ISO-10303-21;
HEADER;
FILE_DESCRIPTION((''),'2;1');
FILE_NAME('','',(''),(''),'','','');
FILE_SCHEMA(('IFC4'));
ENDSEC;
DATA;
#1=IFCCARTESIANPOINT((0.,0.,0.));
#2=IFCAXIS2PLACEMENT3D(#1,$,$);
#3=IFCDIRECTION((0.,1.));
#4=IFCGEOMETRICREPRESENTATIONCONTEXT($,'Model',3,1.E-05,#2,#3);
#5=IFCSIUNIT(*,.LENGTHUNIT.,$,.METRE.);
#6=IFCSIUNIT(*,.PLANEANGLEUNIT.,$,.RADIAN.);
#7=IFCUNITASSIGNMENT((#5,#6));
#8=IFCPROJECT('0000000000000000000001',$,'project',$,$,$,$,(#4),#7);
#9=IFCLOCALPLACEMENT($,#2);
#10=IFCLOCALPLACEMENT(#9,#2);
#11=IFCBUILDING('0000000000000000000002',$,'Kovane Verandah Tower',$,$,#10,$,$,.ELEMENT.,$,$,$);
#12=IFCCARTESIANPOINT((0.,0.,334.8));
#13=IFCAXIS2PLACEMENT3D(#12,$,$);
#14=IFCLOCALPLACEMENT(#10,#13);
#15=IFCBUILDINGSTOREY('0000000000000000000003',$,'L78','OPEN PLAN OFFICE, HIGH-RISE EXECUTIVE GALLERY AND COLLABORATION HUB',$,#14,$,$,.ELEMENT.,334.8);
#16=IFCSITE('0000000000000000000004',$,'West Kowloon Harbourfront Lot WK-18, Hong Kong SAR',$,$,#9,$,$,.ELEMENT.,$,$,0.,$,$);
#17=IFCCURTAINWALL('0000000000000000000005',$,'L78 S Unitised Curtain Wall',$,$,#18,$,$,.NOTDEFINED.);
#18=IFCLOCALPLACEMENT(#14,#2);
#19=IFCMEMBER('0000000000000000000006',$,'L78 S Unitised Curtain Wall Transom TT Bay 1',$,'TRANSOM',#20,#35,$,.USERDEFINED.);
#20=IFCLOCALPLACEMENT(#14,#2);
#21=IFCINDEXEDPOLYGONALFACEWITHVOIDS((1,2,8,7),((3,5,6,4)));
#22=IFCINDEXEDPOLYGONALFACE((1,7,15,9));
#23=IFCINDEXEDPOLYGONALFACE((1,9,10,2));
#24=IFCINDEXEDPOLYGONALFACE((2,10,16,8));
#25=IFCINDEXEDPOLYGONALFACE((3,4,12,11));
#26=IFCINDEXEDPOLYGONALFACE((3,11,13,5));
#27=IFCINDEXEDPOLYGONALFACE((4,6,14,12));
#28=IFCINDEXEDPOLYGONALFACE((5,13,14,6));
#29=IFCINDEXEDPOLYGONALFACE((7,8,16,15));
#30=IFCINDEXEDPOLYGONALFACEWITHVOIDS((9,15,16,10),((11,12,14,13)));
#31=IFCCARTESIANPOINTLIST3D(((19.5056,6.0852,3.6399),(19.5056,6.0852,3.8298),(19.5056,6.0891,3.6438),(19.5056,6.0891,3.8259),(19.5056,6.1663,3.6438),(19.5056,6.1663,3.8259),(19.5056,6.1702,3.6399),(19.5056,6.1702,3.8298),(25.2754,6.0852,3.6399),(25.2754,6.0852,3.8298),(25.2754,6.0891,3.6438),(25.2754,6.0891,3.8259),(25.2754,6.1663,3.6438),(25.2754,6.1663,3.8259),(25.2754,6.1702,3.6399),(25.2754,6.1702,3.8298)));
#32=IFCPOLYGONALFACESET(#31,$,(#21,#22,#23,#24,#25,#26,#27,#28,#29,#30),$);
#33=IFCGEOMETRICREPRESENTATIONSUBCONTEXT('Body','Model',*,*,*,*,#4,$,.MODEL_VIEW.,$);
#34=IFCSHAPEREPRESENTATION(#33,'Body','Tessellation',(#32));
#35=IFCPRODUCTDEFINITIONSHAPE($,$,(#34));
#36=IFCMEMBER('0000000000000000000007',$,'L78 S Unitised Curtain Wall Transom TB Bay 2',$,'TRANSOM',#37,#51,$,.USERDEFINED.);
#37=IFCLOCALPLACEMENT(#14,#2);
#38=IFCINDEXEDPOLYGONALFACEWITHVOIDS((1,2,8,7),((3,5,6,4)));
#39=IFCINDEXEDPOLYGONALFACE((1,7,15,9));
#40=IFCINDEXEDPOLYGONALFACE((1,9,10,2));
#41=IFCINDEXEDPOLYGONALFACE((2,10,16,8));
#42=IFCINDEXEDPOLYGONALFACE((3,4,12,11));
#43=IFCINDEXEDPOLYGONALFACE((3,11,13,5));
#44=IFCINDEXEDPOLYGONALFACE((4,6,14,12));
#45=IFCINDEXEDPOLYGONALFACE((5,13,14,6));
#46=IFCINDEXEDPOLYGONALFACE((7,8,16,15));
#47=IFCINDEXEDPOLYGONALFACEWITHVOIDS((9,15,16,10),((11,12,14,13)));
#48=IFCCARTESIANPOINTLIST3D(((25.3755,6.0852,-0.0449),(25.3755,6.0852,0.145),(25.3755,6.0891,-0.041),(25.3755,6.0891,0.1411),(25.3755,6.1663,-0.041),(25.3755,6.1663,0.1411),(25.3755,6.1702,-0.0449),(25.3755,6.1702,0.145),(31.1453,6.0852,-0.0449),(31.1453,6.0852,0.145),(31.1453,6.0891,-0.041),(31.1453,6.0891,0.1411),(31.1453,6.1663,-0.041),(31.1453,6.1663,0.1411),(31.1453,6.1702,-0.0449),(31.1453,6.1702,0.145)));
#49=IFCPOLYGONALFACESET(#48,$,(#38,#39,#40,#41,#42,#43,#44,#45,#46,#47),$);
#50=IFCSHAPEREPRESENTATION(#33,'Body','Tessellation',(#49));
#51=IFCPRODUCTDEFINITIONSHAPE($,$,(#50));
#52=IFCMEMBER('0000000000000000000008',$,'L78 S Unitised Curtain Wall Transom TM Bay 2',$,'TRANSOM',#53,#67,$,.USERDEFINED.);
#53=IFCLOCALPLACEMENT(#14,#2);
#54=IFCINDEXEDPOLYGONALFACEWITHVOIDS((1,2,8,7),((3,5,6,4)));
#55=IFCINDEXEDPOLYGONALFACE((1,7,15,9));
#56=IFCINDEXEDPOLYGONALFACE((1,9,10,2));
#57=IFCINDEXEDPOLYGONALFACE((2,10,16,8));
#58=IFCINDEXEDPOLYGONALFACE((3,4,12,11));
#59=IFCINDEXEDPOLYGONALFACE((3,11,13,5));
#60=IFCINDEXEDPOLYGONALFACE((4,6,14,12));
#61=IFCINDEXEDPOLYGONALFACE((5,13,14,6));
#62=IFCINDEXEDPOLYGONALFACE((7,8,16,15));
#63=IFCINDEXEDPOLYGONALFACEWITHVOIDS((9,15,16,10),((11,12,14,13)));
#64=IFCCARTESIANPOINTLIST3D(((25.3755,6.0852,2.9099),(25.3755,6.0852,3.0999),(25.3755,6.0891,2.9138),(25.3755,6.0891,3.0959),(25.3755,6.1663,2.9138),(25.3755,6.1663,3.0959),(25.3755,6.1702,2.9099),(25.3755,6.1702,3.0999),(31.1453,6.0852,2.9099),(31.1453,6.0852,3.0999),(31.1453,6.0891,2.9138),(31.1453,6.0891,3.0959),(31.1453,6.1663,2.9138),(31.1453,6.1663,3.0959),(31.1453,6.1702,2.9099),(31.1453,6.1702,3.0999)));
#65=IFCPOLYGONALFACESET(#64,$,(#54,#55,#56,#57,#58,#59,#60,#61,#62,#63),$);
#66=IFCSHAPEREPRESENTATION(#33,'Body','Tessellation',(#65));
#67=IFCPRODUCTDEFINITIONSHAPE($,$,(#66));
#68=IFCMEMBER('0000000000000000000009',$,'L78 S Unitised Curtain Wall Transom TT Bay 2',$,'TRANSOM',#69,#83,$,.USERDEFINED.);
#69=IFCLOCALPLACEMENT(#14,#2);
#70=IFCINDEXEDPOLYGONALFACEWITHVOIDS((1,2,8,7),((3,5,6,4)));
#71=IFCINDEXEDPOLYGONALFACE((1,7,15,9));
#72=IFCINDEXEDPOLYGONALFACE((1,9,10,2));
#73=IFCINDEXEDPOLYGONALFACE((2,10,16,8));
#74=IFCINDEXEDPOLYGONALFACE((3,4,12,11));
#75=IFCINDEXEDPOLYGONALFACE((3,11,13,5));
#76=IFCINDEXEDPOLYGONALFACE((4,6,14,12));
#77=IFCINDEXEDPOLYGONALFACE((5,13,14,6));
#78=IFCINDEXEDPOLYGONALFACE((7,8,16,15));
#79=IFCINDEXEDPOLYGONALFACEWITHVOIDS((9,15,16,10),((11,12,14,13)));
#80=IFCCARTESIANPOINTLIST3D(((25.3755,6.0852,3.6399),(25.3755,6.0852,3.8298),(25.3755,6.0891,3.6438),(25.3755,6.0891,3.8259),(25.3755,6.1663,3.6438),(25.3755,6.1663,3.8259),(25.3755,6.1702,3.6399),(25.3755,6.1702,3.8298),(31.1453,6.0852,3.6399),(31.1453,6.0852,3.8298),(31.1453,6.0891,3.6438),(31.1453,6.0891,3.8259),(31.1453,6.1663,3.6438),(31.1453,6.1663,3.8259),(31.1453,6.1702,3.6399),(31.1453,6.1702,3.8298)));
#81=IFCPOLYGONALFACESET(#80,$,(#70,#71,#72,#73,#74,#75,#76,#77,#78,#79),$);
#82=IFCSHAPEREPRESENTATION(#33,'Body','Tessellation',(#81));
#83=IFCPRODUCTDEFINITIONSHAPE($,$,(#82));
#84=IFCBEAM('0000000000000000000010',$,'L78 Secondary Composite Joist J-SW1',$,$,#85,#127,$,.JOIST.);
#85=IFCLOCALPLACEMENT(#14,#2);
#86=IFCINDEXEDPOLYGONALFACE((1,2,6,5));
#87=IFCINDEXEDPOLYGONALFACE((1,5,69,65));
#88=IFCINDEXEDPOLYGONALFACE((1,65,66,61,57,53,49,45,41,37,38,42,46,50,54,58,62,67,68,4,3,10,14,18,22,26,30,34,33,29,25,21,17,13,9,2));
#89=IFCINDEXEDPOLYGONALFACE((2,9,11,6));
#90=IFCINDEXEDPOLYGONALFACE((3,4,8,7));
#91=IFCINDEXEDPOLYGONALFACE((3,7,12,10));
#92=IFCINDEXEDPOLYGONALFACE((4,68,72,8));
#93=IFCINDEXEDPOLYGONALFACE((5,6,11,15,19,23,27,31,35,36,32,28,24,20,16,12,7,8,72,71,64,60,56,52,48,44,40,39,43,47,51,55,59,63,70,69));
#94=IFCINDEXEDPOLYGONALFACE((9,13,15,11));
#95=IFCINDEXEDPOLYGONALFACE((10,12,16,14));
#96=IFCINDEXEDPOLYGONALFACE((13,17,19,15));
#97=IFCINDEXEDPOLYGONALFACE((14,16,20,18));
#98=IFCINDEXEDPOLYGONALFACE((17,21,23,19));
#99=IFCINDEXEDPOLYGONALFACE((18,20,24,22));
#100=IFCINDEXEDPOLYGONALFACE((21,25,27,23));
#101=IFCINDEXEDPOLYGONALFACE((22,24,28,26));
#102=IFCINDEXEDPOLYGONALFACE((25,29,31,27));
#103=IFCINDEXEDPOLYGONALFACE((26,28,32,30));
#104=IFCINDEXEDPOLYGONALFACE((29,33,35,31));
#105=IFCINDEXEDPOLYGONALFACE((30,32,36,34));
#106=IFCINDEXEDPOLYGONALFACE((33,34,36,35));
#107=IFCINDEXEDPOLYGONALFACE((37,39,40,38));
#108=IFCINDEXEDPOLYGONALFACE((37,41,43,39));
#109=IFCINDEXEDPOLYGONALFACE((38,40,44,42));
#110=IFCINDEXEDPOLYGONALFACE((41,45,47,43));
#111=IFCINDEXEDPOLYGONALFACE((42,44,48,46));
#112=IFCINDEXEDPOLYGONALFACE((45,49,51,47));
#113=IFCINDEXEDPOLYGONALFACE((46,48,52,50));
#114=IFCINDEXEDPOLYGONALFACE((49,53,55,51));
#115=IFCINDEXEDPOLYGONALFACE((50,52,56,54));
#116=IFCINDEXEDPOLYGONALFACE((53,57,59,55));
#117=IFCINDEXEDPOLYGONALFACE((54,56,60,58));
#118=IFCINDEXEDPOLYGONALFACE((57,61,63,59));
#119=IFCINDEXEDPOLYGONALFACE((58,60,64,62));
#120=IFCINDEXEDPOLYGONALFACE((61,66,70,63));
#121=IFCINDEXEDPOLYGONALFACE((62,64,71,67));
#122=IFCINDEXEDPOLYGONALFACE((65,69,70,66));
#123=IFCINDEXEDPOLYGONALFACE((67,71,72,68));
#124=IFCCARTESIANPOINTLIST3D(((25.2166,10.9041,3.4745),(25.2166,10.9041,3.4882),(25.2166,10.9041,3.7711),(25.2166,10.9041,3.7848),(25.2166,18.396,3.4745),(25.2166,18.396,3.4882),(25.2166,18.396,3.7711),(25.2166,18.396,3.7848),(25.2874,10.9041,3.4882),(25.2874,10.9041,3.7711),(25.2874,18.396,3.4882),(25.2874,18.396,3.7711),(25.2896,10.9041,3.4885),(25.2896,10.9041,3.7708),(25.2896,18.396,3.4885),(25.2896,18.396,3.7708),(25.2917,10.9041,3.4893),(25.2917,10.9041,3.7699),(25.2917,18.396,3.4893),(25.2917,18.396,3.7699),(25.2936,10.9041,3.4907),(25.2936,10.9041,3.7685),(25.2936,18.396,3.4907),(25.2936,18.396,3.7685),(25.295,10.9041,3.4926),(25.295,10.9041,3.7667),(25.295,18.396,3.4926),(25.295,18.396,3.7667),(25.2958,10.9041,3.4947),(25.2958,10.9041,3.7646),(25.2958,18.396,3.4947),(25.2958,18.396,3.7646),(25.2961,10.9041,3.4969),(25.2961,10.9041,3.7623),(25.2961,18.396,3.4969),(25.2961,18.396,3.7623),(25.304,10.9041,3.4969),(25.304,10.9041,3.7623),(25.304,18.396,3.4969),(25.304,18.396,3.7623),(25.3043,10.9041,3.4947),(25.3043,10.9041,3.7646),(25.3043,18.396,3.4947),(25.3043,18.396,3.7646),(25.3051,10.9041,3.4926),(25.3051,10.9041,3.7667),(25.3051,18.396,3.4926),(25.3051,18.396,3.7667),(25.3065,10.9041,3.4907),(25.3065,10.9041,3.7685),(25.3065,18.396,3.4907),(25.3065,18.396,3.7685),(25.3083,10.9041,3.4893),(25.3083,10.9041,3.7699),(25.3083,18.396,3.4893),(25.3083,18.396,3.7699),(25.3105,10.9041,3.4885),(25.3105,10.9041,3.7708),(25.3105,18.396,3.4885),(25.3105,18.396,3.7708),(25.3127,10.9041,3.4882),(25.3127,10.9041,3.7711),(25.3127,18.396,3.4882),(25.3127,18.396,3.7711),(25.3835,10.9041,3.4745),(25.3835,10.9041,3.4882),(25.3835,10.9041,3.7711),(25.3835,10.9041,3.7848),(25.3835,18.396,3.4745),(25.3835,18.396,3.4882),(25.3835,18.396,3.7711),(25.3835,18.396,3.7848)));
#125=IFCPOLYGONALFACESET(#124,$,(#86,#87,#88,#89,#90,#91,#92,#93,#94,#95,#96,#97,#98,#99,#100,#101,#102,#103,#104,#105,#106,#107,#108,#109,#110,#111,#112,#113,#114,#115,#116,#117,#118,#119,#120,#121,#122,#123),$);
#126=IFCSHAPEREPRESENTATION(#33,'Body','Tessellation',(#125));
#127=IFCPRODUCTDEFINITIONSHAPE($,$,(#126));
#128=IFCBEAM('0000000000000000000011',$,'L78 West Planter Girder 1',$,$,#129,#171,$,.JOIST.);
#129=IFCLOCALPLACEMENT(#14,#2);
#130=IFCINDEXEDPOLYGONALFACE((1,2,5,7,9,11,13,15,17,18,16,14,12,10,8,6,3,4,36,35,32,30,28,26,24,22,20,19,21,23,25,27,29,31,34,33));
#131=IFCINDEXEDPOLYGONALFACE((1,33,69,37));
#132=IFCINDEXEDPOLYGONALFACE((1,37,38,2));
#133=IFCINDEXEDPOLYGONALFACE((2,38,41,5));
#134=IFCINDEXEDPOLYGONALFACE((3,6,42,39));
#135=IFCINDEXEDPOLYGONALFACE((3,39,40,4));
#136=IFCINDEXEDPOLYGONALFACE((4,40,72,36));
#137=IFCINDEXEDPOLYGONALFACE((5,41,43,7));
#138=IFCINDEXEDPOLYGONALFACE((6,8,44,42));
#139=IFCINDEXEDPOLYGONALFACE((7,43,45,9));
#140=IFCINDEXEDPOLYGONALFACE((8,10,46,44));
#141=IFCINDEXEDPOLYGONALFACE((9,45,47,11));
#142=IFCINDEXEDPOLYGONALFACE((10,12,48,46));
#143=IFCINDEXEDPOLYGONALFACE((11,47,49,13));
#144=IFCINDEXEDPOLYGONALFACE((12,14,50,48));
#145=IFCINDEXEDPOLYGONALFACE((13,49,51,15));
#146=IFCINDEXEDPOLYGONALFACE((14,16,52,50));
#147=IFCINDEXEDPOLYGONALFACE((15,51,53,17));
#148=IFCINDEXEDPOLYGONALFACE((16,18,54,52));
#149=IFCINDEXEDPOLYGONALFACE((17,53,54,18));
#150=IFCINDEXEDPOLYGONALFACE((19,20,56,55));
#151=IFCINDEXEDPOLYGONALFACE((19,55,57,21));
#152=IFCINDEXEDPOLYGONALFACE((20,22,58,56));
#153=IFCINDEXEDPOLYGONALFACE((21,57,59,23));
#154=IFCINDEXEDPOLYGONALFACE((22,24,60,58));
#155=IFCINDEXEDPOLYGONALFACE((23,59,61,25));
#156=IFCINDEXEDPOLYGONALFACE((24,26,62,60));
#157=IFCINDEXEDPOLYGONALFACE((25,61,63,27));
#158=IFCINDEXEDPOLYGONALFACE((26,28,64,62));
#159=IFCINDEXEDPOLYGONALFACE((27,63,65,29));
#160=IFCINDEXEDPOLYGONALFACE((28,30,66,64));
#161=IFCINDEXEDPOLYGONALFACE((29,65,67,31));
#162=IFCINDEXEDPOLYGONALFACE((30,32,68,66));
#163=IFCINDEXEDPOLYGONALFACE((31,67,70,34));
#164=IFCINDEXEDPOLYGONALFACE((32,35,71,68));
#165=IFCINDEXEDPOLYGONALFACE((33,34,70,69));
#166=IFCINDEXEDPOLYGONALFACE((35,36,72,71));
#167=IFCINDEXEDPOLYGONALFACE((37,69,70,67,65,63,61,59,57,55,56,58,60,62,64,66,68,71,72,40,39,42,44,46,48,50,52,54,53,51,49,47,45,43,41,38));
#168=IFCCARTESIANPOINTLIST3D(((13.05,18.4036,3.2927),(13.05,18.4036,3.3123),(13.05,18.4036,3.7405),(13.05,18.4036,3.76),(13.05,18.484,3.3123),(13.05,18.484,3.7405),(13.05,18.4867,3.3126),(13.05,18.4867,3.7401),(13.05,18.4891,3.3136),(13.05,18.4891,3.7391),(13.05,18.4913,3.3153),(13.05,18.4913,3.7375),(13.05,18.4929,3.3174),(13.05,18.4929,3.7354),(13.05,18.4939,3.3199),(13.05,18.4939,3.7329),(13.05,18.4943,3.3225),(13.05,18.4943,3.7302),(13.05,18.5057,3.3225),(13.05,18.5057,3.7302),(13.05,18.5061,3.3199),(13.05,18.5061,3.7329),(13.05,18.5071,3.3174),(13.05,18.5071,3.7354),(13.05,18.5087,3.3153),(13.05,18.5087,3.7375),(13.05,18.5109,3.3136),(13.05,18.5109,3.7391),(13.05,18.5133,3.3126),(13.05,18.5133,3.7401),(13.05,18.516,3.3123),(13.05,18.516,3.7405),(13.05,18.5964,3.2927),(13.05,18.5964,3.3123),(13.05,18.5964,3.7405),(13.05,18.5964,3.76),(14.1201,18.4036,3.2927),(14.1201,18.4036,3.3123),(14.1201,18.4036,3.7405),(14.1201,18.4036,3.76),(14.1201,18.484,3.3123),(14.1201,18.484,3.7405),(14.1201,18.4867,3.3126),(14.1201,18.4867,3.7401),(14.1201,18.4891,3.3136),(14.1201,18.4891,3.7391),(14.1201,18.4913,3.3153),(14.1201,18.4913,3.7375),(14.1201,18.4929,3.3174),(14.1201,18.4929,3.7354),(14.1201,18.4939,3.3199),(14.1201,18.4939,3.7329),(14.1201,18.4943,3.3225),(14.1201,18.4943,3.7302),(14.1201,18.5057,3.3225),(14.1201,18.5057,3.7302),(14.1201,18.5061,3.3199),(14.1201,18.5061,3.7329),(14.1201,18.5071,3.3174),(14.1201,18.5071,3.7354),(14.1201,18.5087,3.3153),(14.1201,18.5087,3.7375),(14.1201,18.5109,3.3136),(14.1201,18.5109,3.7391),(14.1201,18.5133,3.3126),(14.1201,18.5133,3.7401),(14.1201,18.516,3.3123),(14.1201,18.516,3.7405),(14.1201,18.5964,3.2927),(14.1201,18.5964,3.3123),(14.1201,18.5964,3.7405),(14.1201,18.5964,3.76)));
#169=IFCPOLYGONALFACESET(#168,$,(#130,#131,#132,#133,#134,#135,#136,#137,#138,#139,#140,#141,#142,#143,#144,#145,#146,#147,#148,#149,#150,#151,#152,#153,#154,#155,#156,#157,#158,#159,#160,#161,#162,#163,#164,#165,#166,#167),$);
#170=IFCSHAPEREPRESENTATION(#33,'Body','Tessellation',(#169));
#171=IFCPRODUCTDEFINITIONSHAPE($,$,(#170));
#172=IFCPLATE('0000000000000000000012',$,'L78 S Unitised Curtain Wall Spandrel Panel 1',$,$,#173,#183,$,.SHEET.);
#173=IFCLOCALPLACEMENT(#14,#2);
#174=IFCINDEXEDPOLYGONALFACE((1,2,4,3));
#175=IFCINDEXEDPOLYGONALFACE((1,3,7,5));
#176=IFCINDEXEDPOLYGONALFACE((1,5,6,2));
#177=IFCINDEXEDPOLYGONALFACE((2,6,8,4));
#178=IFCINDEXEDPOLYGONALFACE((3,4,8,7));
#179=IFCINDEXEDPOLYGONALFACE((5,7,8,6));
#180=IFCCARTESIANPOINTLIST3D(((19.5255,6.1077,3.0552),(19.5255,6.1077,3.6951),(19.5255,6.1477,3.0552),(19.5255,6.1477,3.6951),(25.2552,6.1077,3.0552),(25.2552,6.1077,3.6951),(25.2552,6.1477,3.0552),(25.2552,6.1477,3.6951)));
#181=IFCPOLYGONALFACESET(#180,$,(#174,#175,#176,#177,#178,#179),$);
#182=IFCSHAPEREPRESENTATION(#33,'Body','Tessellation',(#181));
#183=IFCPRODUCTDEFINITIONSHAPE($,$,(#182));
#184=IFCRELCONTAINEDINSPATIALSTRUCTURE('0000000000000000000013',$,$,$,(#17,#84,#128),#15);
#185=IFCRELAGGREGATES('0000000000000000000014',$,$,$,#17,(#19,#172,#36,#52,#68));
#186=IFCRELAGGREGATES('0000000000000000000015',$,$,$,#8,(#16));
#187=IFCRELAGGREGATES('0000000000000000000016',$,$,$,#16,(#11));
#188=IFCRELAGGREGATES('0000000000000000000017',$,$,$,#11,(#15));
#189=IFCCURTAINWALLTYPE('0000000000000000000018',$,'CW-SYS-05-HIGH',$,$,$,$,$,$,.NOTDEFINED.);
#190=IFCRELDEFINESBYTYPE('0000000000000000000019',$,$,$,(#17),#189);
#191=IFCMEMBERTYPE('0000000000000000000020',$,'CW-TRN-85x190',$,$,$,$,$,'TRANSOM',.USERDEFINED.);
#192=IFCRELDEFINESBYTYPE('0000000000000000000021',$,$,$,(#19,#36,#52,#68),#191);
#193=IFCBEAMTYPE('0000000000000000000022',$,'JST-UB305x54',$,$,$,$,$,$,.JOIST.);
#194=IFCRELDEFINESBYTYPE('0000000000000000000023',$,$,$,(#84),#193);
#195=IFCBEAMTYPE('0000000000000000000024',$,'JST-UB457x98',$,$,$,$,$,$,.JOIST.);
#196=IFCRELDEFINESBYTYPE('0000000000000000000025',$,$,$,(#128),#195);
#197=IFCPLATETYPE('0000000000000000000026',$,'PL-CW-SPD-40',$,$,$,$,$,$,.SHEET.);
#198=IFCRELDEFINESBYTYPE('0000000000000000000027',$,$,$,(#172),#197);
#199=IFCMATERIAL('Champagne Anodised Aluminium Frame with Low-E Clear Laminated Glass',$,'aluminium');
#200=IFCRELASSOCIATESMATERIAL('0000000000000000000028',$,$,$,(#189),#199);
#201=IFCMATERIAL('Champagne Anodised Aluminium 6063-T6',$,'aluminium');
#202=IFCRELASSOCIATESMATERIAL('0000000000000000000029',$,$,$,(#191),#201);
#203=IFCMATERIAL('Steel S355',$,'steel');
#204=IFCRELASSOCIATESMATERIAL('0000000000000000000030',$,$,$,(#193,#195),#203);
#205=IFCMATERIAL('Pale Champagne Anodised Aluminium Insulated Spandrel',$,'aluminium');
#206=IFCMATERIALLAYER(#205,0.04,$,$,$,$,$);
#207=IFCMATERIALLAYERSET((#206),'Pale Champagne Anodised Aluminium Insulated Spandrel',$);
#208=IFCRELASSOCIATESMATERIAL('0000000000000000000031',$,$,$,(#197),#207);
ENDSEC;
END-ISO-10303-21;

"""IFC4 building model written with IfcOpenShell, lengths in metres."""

from ifc_helpers import new_model, si_unit, direction, frame, origin, origin_2d, place, context, subcontext, project, spatial, rectangle, hollow_rectangle, i_section, extrude, material, layer, layer_set, material_profile, profile_set, type_object, element, aggregate, save


model = new_model("IFC4")

# Units and contexts
model_context = context("Model", 3, precision=1e-05, world=origin(), true_north=direction((0.0, 1.0)))
body_context = subcontext(model_context, "Body", "Model", "MODEL_VIEW")
ifc_project = project(units=[si_unit("LENGTHUNIT", "METRE"), si_unit("PLANEANGLEUNIT", "RADIAN")], contexts=[model_context])

# Site, building, storey
site_placement = place(None, origin())
site = spatial("IfcSite", under=ifc_project, at=site_placement, Name="West Kowloon Harbourfront Lot WK-18, Hong Kong SAR", CompositionType="ELEMENT", RefElevation=0.0)
building_placement = place(site_placement, origin())
building = spatial("IfcBuilding", under=site, at=building_placement, Name="Kovane Verandah Tower", CompositionType="ELEMENT")
storey_placement = place(building_placement, frame((0.0, 0.0, 334.8)))
storey = spatial("IfcBuildingStorey", under=building, at=storey_placement, Name="L78", Description="OPEN PLAN OFFICE, HIGH-RISE EXECUTIVE GALLERY AND COLLABORATION HUB", CompositionType="ELEMENT", Elevation=334.8)

# Shared definitions
ifc_material_1 = material(Name="Steel S355", Category="steel")

# Curtain wall, members
ifc_material_2 = material(Name="Champagne Anodised Aluminium Frame with Low-E Clear Laminated Glass", Category="aluminium")
curtain_wall_type = type_object("IfcCurtainWallType", Name="CW-SYS-05-HIGH", PredefinedType="NOTDEFINED", material=ifc_material_2)
curtain_wall_placement = place(storey_placement, origin())
curtain_wall = element("IfcCurtainWall", 1, at=curtain_wall_placement, inside=storey, type_object=curtain_wall_type, Name="L78 S Unitised Curtain Wall", PredefinedType="NOTDEFINED")
ifc_material_3 = material(Name="Champagne Anodised Aluminium 6063-T6", Category="aluminium")
ifc_material_profile_1 = material_profile(ifc_material_3, hollow_rectangle(XDim=0.085, YDim=0.1899, WallThickness=0.0039, at=origin_2d()), Name="AL85x190x4")
ifc_profile_set_1 = profile_set([ifc_material_profile_1], Name="Champagne Anodised Aluminium 6063-T6")
member_type_1 = type_object("IfcMemberType", Name="CW-TRN-85x190", ElementType="TRANSOM", PredefinedType="USERDEFINED", material=ifc_profile_set_1)
member_1_placement = place(storey_placement, frame((19.5056, 6.1277, 3.7349), z_axis=(1.0, 0.0, 0.0), x_axis=(0.0, 1.0, 0.0)))
member_1 = element("IfcMember", 2, at=member_1_placement, type_object=member_type_1, Name="L78 S Unitised Curtain Wall Transom TT Bay 1", ObjectType="TRANSOM", PredefinedType="USERDEFINED", context=body_context, shape_type="SweptSolid", body=[
    extrude(hollow_rectangle(XDim=0.085, YDim=0.1899, WallThickness=0.0039, at=origin_2d()), origin(), (0.0, 0.0, 1.0), 5.7698),
])
member_2_placement = place(storey_placement, frame((25.3755, 6.1277, 0.05), z_axis=(1.0, 0.0, 0.0), x_axis=(0.0, 1.0, 0.0)))
member_2 = element("IfcMember", 3, at=member_2_placement, type_object=member_type_1, Name="L78 S Unitised Curtain Wall Transom TB Bay 2", ObjectType="TRANSOM", PredefinedType="USERDEFINED", context=body_context, shape_type="SweptSolid", body=[
    extrude(hollow_rectangle(XDim=0.085, YDim=0.1899, WallThickness=0.0039, at=origin_2d()), origin(), (0.0, 0.0, 1.0), 5.7698),
])
member_3_placement = place(storey_placement, frame((25.3755, 6.1277, 3.0049), z_axis=(1.0, 0.0, 0.0), x_axis=(0.0, 1.0, 0.0)))
member_3 = element("IfcMember", 4, at=member_3_placement, type_object=member_type_1, Name="L78 S Unitised Curtain Wall Transom TM Bay 2", ObjectType="TRANSOM", PredefinedType="USERDEFINED", context=body_context, shape_type="SweptSolid", body=[
    extrude(hollow_rectangle(XDim=0.085, YDim=0.1899, WallThickness=0.0039, at=origin_2d()), origin(), (0.0, 0.0, 1.0), 5.7698),
])
member_4_placement = place(storey_placement, frame((25.3755, 6.1277, 3.7349), z_axis=(1.0, 0.0, 0.0), x_axis=(0.0, 1.0, 0.0)))
member_4 = element("IfcMember", 5, at=member_4_placement, type_object=member_type_1, Name="L78 S Unitised Curtain Wall Transom TT Bay 2", ObjectType="TRANSOM", PredefinedType="USERDEFINED", context=body_context, shape_type="SweptSolid", body=[
    extrude(hollow_rectangle(XDim=0.085, YDim=0.1899, WallThickness=0.0039, at=origin_2d()), origin(), (0.0, 0.0, 1.0), 5.7698),
])

# Beams
ifc_material_profile_2 = material_profile(ifc_material_1, i_section(OverallWidth=0.167, OverallDepth=0.3103, WebThickness=0.0078, FlangeThickness=0.0137, FilletRadius=0.0088, at=origin_2d()), Name="UB305x165x54")
ifc_profile_set_2 = profile_set([ifc_material_profile_2], Name="Steel S355")
beam_type_1 = type_object("IfcBeamType", Name="JST-UB305x54", PredefinedType="JOIST", material=ifc_profile_set_2)
beam_1_placement = place(storey_placement, frame((25.3, 10.9041, 3.6296), z_axis=(0.0, 1.0, 0.0), x_axis=(-1.0, 0.0, 0.0)))
element("IfcBeam", 6, at=beam_1_placement, inside=storey, type_object=beam_type_1, Name="L78 Secondary Composite Joist J-SW1", PredefinedType="JOIST", context=body_context, shape_type="SweptSolid", body=[
    extrude(i_section(OverallWidth=0.167, OverallDepth=0.3103, WebThickness=0.0078, FlangeThickness=0.0137, FilletRadius=0.0088, at=origin_2d()), origin(), (0.0, 0.0, 1.0), 7.4919),
])
ifc_material_profile_3 = material_profile(ifc_material_1, i_section(OverallWidth=0.1929, OverallDepth=0.4673, WebThickness=0.0115, FlangeThickness=0.0195, FilletRadius=0.0103, at=origin_2d()), Name="UB457x191x98")
ifc_profile_set_3 = profile_set([ifc_material_profile_3], Name="Steel S355")
beam_type_2 = type_object("IfcBeamType", Name="JST-UB457x98", PredefinedType="JOIST", material=ifc_profile_set_3)
beam_2_placement = place(storey_placement, frame((14.1201, 18.5, 3.5264), z_axis=(-1.0, 0.0, 0.0), x_axis=(0.0, -1.0, 0.0)))
element("IfcBeam", 7, at=beam_2_placement, inside=storey, type_object=beam_type_2, Name="L78 West Planter Girder 1", PredefinedType="JOIST", context=body_context, shape_type="SweptSolid", body=[
    extrude(i_section(OverallWidth=0.1929, OverallDepth=0.4673, WebThickness=0.0115, FlangeThickness=0.0195, FilletRadius=0.0103, at=origin_2d()), origin(), (0.0, 0.0, 1.0), 1.0701),
])

# Plate
ifc_material_4 = material(Name="Pale Champagne Anodised Aluminium Insulated Spandrel", Category="aluminium")
ifc_layer_1 = layer(ifc_material_4, 0.04)
ifc_layer_set_1 = layer_set([ifc_layer_1], Name="Pale Champagne Anodised Aluminium Insulated Spandrel")
plate_type_1 = type_object("IfcPlateType", Name="PL-CW-SPD-40", PredefinedType="SHEET", material=ifc_layer_set_1)
plate_1_placement = place(storey_placement, frame((22.3904, 6.1277, 3.0552), z_axis=(0.0, 0.0, 1.0), x_axis=(1.0, 0.0, 0.0)))
plate_1 = element("IfcPlate", 8, at=plate_1_placement, type_object=plate_type_1, Name="L78 S Unitised Curtain Wall Spandrel Panel 1", PredefinedType="SHEET", context=body_context, shape_type="SweptSolid", body=[
    extrude(rectangle(XDim=5.7297, YDim=0.04, at=origin_2d()), origin(), (0.0, 0.0, 1.0), 0.6399),
])
aggregate(curtain_wall, [member_1, plate_1, member_2, member_3, member_4])

save(model, "model.ifc")
